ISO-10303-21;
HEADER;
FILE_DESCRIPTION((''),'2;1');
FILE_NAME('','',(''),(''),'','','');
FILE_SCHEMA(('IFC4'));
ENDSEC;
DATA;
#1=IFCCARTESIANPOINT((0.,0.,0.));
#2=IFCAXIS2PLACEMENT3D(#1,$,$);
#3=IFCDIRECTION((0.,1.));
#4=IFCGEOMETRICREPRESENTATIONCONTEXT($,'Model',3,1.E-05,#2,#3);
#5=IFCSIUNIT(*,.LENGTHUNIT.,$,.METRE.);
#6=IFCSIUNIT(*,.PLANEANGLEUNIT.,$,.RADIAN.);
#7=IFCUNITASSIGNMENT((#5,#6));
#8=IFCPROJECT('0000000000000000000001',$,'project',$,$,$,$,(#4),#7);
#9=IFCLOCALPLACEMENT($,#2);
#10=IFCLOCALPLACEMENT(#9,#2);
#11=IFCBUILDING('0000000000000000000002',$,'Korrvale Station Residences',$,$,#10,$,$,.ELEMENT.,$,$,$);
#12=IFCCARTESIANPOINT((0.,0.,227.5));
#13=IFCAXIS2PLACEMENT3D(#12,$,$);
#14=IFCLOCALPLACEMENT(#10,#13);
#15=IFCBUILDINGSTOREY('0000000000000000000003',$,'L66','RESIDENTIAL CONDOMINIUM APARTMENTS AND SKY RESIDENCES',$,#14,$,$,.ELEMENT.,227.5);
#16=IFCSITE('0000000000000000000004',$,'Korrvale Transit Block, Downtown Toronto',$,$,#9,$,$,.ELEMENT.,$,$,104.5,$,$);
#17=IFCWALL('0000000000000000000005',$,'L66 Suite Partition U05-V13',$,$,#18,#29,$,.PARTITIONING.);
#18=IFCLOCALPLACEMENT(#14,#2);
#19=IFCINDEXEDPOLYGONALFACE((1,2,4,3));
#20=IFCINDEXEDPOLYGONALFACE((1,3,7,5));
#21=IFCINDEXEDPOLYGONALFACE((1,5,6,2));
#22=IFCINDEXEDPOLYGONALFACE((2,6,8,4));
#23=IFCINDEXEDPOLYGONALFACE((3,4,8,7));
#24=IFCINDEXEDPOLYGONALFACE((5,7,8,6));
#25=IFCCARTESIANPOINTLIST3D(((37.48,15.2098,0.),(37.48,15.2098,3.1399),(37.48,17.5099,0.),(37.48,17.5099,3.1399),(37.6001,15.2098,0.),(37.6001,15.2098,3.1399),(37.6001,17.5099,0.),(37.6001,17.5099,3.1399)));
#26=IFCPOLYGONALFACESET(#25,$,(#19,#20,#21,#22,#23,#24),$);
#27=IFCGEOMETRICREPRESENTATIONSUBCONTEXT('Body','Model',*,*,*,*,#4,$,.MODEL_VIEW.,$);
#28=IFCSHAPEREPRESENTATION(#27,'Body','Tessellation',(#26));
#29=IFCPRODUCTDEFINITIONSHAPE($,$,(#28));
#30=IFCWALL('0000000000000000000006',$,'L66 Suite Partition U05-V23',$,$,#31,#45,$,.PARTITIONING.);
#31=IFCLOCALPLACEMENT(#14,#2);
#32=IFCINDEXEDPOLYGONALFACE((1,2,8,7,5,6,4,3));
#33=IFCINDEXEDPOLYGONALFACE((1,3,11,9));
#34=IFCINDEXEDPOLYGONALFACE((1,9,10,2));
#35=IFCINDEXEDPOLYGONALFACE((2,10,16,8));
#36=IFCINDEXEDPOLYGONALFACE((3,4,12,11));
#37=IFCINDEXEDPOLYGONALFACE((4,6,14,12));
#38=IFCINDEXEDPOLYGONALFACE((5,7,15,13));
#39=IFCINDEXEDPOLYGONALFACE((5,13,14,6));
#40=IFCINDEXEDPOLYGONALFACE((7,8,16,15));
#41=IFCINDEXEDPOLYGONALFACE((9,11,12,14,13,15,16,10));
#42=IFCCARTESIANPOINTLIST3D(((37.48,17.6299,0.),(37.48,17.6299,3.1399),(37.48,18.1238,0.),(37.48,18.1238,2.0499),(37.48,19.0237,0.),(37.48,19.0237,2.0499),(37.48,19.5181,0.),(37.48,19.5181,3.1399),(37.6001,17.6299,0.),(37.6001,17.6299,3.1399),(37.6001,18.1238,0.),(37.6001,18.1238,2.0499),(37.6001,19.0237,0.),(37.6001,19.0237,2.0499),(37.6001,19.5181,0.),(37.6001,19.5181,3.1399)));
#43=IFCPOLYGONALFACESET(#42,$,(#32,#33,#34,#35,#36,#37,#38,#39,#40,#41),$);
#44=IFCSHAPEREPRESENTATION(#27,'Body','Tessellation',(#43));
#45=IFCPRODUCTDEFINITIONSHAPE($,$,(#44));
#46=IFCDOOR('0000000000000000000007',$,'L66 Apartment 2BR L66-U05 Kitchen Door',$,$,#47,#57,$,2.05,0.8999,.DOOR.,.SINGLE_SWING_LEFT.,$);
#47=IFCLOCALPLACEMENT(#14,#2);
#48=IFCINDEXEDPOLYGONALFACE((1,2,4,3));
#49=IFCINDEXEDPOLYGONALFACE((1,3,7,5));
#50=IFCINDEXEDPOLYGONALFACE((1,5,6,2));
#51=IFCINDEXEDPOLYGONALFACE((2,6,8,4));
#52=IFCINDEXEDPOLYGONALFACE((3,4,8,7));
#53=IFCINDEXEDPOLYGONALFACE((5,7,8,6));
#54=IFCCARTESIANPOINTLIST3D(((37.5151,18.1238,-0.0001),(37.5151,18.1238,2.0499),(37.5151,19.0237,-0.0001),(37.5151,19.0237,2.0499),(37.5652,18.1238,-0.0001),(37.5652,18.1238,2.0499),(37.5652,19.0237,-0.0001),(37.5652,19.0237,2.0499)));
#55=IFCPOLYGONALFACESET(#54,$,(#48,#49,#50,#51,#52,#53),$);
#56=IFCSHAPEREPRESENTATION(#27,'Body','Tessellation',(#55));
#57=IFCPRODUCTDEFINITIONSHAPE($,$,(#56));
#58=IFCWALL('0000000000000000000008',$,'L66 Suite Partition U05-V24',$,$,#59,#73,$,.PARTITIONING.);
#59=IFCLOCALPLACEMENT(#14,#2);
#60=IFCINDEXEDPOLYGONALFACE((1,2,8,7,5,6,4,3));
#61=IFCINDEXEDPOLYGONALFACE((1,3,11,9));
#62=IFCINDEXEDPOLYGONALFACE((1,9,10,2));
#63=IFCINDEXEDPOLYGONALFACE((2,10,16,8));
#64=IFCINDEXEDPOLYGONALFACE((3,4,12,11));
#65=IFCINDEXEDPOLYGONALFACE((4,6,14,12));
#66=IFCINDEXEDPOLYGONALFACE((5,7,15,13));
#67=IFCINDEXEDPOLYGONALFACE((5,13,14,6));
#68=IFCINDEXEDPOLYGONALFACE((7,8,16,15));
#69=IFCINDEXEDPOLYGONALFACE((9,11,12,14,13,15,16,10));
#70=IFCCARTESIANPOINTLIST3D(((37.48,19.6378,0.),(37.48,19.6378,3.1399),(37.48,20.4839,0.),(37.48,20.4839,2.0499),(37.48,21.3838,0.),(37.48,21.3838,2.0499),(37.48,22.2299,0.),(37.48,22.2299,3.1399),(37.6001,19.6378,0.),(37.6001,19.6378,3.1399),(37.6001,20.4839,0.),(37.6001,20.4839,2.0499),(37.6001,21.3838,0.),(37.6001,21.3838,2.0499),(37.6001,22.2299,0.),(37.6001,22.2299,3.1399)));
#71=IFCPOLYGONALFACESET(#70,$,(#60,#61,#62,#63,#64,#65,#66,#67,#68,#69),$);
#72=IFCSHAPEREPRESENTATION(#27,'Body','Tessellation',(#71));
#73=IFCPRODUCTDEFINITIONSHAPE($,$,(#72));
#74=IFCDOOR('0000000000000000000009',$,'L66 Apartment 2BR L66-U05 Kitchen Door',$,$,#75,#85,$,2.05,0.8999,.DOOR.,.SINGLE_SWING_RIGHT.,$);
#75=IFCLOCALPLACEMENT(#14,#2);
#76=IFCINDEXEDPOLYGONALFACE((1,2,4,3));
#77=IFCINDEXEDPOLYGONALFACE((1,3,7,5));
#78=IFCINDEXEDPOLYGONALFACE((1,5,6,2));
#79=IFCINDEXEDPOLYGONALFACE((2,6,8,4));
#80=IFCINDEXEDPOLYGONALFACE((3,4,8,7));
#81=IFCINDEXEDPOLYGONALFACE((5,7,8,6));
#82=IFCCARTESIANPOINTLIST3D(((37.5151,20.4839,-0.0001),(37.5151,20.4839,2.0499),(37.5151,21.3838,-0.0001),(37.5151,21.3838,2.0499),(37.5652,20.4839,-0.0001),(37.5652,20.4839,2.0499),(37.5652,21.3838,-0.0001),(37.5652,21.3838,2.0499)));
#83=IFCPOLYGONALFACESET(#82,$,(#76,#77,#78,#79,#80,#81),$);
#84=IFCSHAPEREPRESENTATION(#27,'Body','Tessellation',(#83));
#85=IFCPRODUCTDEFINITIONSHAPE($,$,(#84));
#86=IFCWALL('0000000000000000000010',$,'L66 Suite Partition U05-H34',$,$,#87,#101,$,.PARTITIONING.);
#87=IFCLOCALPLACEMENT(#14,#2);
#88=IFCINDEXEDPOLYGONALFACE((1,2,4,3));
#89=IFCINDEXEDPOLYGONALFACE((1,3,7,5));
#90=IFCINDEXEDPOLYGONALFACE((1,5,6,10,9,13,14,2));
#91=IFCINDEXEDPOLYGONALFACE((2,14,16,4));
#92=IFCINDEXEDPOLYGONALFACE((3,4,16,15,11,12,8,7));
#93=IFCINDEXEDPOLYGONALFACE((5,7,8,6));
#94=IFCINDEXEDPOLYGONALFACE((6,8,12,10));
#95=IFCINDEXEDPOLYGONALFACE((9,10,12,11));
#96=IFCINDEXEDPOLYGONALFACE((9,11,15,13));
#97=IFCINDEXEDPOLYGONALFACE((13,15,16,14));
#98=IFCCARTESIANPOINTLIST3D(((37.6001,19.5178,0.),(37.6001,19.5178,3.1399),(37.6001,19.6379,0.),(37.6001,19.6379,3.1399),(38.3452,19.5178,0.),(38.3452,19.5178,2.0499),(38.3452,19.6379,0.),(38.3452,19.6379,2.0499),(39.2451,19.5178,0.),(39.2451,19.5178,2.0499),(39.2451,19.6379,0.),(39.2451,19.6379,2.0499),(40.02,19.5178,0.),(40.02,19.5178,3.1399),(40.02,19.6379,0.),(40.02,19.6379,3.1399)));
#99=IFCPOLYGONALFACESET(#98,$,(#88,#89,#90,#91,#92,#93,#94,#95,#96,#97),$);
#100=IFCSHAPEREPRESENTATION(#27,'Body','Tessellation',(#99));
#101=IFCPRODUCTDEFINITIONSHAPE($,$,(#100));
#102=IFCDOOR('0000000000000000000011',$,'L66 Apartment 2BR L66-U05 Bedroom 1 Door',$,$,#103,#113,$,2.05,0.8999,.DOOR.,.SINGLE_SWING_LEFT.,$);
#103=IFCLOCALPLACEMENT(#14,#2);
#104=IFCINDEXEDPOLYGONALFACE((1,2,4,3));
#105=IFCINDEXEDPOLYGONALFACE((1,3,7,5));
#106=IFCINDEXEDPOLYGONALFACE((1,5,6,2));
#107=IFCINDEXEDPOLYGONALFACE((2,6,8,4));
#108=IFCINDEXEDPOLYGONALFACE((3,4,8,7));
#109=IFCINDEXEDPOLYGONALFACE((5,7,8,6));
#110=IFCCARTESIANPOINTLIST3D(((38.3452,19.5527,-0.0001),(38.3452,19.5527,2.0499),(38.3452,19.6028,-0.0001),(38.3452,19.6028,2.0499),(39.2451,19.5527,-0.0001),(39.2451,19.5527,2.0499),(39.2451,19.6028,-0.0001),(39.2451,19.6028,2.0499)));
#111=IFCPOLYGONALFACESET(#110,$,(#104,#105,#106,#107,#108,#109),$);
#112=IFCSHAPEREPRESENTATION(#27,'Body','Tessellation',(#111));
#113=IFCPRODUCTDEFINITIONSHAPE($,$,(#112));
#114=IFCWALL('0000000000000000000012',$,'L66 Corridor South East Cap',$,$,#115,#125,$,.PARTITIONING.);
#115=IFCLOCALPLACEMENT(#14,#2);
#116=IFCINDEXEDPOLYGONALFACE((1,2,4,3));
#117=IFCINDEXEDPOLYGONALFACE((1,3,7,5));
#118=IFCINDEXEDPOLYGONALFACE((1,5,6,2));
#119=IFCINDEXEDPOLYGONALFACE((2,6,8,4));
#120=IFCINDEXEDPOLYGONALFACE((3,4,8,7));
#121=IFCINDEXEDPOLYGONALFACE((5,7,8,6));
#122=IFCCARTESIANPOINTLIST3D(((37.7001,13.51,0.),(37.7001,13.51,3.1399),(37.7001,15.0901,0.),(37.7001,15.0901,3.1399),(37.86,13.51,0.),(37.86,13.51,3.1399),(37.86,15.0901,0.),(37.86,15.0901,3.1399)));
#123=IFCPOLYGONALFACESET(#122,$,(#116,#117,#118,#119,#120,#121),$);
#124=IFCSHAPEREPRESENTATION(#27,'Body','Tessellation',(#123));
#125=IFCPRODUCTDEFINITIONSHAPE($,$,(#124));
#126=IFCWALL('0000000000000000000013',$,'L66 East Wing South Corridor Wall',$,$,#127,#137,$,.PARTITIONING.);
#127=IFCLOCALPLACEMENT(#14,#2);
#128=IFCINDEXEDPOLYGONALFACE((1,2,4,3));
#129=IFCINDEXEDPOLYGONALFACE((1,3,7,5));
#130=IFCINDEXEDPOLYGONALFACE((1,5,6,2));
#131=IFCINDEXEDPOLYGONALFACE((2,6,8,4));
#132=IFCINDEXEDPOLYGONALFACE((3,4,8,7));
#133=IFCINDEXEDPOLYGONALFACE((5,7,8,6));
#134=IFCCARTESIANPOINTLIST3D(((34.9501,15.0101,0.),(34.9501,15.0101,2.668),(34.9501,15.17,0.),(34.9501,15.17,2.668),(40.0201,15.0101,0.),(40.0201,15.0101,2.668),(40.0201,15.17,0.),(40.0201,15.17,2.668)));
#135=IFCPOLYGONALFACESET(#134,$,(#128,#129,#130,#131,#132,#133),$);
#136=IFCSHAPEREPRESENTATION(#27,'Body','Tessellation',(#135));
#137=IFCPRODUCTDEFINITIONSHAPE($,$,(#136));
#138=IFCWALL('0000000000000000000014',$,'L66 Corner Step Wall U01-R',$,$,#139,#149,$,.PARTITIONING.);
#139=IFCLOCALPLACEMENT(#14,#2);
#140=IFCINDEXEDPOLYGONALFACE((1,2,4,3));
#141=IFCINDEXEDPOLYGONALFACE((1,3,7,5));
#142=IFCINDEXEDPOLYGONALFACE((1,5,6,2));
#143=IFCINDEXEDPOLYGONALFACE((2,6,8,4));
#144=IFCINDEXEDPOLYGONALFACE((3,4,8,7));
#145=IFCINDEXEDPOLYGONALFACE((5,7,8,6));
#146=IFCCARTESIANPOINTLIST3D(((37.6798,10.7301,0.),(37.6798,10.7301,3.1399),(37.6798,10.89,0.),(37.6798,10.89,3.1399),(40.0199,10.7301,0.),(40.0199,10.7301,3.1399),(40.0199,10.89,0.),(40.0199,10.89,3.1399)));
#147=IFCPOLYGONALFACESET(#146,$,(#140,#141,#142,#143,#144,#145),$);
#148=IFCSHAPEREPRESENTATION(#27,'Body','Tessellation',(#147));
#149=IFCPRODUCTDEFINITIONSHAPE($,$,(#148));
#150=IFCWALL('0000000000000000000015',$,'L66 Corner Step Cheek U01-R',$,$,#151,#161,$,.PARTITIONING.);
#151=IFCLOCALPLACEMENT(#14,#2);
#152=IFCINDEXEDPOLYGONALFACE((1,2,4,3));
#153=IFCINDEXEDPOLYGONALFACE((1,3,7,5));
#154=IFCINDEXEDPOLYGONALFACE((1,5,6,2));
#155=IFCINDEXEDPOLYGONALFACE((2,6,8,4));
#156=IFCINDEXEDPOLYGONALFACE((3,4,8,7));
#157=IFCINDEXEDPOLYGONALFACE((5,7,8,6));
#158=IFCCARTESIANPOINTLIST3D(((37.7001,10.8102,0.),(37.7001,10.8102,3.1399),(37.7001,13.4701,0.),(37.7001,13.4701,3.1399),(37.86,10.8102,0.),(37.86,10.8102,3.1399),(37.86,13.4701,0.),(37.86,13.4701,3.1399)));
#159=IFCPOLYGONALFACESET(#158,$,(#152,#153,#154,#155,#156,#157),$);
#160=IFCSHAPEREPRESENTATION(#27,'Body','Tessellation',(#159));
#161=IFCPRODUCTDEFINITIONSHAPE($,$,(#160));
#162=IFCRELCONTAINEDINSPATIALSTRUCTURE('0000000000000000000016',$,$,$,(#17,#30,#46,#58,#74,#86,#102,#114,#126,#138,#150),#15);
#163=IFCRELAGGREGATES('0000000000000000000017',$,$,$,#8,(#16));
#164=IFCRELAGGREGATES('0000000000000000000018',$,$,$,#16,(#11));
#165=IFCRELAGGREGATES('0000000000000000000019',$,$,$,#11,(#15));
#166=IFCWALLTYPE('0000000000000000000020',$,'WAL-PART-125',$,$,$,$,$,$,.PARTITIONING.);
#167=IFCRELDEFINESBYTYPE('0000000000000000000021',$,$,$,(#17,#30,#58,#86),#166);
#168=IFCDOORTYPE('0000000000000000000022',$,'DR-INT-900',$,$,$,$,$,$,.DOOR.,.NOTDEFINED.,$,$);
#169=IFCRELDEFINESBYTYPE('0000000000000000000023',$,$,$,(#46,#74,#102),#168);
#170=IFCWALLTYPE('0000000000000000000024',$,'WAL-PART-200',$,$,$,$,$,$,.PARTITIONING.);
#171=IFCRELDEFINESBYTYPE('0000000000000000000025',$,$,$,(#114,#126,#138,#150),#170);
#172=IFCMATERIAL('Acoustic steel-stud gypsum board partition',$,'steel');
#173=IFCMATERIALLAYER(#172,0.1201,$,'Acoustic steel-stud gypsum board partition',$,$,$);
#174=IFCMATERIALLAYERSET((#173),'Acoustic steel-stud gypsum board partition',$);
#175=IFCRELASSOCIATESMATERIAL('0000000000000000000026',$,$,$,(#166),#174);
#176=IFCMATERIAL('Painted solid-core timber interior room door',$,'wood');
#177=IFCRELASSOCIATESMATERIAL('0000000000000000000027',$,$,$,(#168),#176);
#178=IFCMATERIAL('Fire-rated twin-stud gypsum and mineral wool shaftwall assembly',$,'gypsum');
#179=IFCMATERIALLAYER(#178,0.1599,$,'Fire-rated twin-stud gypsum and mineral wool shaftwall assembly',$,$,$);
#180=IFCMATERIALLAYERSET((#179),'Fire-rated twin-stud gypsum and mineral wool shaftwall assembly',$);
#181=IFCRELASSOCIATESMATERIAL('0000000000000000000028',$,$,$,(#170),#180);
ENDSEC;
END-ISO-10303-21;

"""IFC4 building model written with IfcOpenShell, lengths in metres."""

from ifc_helpers import new_model, si_unit, direction, frame, frame_2d, origin, place, context, subcontext, project, spatial, rectangle, extrude, material, layer, layer_set, type_object, element, fill, save


model = new_model("IFC4")

# Units and contexts
model_context = context("Model", 3, precision=1e-05, world=origin(), true_north=direction((0.0, 1.0)))
body_context = subcontext(model_context, "Body", "Model", "MODEL_VIEW")
ifc_project = project(units=[si_unit("LENGTHUNIT", "METRE"), si_unit("PLANEANGLEUNIT", "RADIAN")], contexts=[model_context])

# Site, building, storey
site_placement = place(None, origin())
site = spatial("IfcSite", under=ifc_project, at=site_placement, Name="Korrvale Transit Block, Downtown Toronto", CompositionType="ELEMENT", RefElevation=104.5)
building_placement = place(site_placement, origin())
building = spatial("IfcBuilding", under=site, at=building_placement, Name="Korrvale Station Residences", CompositionType="ELEMENT")
storey_placement = place(building_placement, frame((0.0, 0.0, 227.5)))
storey = spatial("IfcBuildingStorey", under=building, at=storey_placement, Name="L66", Description="RESIDENTIAL CONDOMINIUM APARTMENTS AND SKY RESIDENCES", CompositionType="ELEMENT", Elevation=227.5)

# Shared definitions
ifc_material_1 = material(Name="Acoustic steel-stud gypsum board partition", Category="steel")
ifc_layer_1 = layer(ifc_material_1, 0.1201, Name="Acoustic steel-stud gypsum board partition")
ifc_layer_set_1 = layer_set([ifc_layer_1], Name="Acoustic steel-stud gypsum board partition")
wall_type_1 = type_object("IfcWallType", Name="WAL-PART-125", PredefinedType="PARTITIONING", material=ifc_layer_set_1)
ifc_material_2 = material(Name="Painted solid-core timber interior room door", Category="wood")
door_type_1 = type_object("IfcDoorType", Name="DR-INT-900", OperationType="NOTDEFINED", PredefinedType="DOOR", material=ifc_material_2)

# Wall
wall_1_placement = place(storey_placement, frame((37.54, 15.21, 0.0), z_axis=(0.0, 0.0, 1.0), x_axis=(0.0, 1.0, 0.0)))
element("IfcWall", 1, at=wall_1_placement, inside=storey, type_object=wall_type_1, Name="L66 Suite Partition U05-V13", PredefinedType="PARTITIONING", context=body_context, shape_type="SweptSolid", body=[
    extrude(rectangle(XDim=2.3, YDim=0.1201, at=frame_2d((1.1499, 0.0))), origin(), (0.0, 0.0, 1.0), 3.1399),
])

# Walls, openings, doors
wall_2_placement = place(storey_placement, frame((37.54, 17.6299, 0.0), z_axis=(0.0, 0.0, 1.0), x_axis=(0.0, 1.0, 0.0)))
wall_2 = element("IfcWall", 2, at=wall_2_placement, inside=storey, type_object=wall_type_1, Name="L66 Suite Partition U05-V23", PredefinedType="PARTITIONING", context=body_context, shape_type="SweptSolid", body=[
    extrude(rectangle(XDim=1.8882, YDim=0.1201, at=frame_2d((0.9441, 0.0))), origin(), (0.0, 0.0, 1.0), 3.1399),
])
opening_1_placement = place(wall_2_placement, frame((0.4939, 0.0, 0.0)))
opening_1 = element("IfcOpeningElement", 3, at=opening_1_placement, cuts=wall_2, PredefinedType="OPENING", context=body_context, shape_type="SweptSolid", body=[
    extrude(rectangle(XDim=0.8999, YDim=2.05, at=frame_2d((0.45, 1.0249))), frame((0.0, 0.0701, 0.0), z_axis=(0.0, -1.0, 0.0), x_axis=(1.0, 0.0, 0.0)), (0.0, 0.0, 1.0), 0.1401),
])
door_1_placement = place(opening_1_placement, origin())
door_1 = element("IfcDoor", 4, at=door_1_placement, inside=storey, type_object=door_type_1, Name="L66 Apartment 2BR L66-U05 Kitchen Door", OperationType="SINGLE_SWING_LEFT", OverallHeight=2.05, OverallWidth=0.8999, PredefinedType="DOOR", context=body_context, shape_type="SweptSolid", body=[
    extrude(rectangle(XDim=0.8999, YDim=2.05, at=frame_2d((0.45, 1.0249))), frame((0.0, 0.0249, 0.0), z_axis=(0.0, -1.0, 0.0), x_axis=(1.0, 0.0, 0.0)), (0.0, 0.0, 1.0), 0.05),
])
fill(opening_1, door_1)
wall_3_placement = place(storey_placement, frame((37.54, 19.6379, 0.0), z_axis=(0.0, 0.0, 1.0), x_axis=(0.0, 1.0, 0.0)))
wall_3 = element("IfcWall", 5, at=wall_3_placement, inside=storey, type_object=wall_type_1, Name="L66 Suite Partition U05-V24", PredefinedType="PARTITIONING", context=body_context, shape_type="SweptSolid", body=[
    extrude(rectangle(XDim=2.592, YDim=0.1201, at=frame_2d((1.2959, 0.0))), origin(), (0.0, 0.0, 1.0), 3.1399),
])
opening_2_placement = place(wall_3_placement, frame((0.8459, 0.0, 0.0)))
opening_2 = element("IfcOpeningElement", 6, at=opening_2_placement, cuts=wall_3, PredefinedType="OPENING", context=body_context, shape_type="SweptSolid", body=[
    extrude(rectangle(XDim=0.8999, YDim=2.05, at=frame_2d((0.45, 1.0249))), frame((0.0, 0.0701, 0.0), z_axis=(0.0, -1.0, 0.0), x_axis=(1.0, 0.0, 0.0)), (0.0, 0.0, 1.0), 0.1401),
])
door_2_placement = place(opening_2_placement, origin())
door_2 = element("IfcDoor", 7, at=door_2_placement, inside=storey, type_object=door_type_1, Name="L66 Apartment 2BR L66-U05 Kitchen Door", OperationType="SINGLE_SWING_RIGHT", OverallHeight=2.05, OverallWidth=0.8999, PredefinedType="DOOR", context=body_context, shape_type="SweptSolid", body=[
    extrude(rectangle(XDim=0.8999, YDim=2.05, at=frame_2d((0.45, 1.0249))), frame((0.0, 0.0249, 0.0), z_axis=(0.0, -1.0, 0.0), x_axis=(1.0, 0.0, 0.0)), (0.0, 0.0, 1.0), 0.05),
])
fill(opening_2, door_2)
wall_4_placement = place(storey_placement, frame((37.6001, 19.5779, 0.0), z_axis=(0.0, 0.0, 1.0), x_axis=(1.0, 0.0, 0.0)))
wall_4 = element("IfcWall", 8, at=wall_4_placement, inside=storey, type_object=wall_type_1, Name="L66 Suite Partition U05-H34", PredefinedType="PARTITIONING", context=body_context, shape_type="SweptSolid", body=[
    extrude(rectangle(XDim=2.4199, YDim=0.1201, at=frame_2d((1.21, 0.0))), origin(), (0.0, 0.0, 1.0), 3.1399),
])
opening_3_placement = place(wall_4_placement, frame((0.7451, 0.0, 0.0)))
opening_3 = element("IfcOpeningElement", 9, at=opening_3_placement, cuts=wall_4, PredefinedType="OPENING", context=body_context, shape_type="SweptSolid", body=[
    extrude(rectangle(XDim=0.8999, YDim=2.05, at=frame_2d((0.45, 1.0249))), frame((0.0, 0.0701, 0.0), z_axis=(0.0, -1.0, 0.0), x_axis=(1.0, 0.0, 0.0)), (0.0, 0.0, 1.0), 0.1401),
])
door_3_placement = place(opening_3_placement, origin())
door_3 = element("IfcDoor", 10, at=door_3_placement, inside=storey, type_object=door_type_1, Name="L66 Apartment 2BR L66-U05 Bedroom 1 Door", OperationType="SINGLE_SWING_LEFT", OverallHeight=2.05, OverallWidth=0.8999, PredefinedType="DOOR", context=body_context, shape_type="SweptSolid", body=[
    extrude(rectangle(XDim=0.8999, YDim=2.05, at=frame_2d((0.45, 1.0249))), frame((0.0, 0.0249, 0.0), z_axis=(0.0, -1.0, 0.0), x_axis=(1.0, 0.0, 0.0)), (0.0, 0.0, 1.0), 0.05),
])
fill(opening_3, door_3)

# Walls
ifc_material_3 = material(Name="Fire-rated twin-stud gypsum and mineral wool shaftwall assembly", Category="gypsum")
ifc_layer_2 = layer(ifc_material_3, 0.1599, Name="Fire-rated twin-stud gypsum and mineral wool shaftwall assembly")
ifc_layer_set_2 = layer_set([ifc_layer_2], Name="Fire-rated twin-stud gypsum and mineral wool shaftwall assembly")
wall_type_2 = type_object("IfcWallType", Name="WAL-PART-200", PredefinedType="PARTITIONING", material=ifc_layer_set_2)
wall_5_placement = place(storey_placement, frame((37.78, 13.51, 0.0), z_axis=(0.0, 0.0, 1.0), x_axis=(0.0, 1.0, 0.0)))
element("IfcWall", 11, at=wall_5_placement, inside=storey, type_object=wall_type_2, Name="L66 Corridor South East Cap", PredefinedType="PARTITIONING", context=body_context, shape_type="SweptSolid", body=[
    extrude(rectangle(XDim=1.5801, YDim=0.1599, at=frame_2d((0.79, 0.0))), origin(), (0.0, 0.0, 1.0), 3.1399),
])
wall_6_placement = place(storey_placement, frame((34.95, 15.0901, 0.0), z_axis=(0.0, 0.0, 1.0), x_axis=(1.0, 0.0, 0.0)))
element("IfcWall", 12, at=wall_6_placement, inside=storey, type_object=wall_type_2, Name="L66 East Wing South Corridor Wall", PredefinedType="PARTITIONING", context=body_context, shape_type="SweptSolid", body=[
    extrude(rectangle(XDim=5.0701, YDim=0.1599, at=frame_2d((2.5352, 0.0))), origin(), (0.0, 0.0, 1.0), 2.668),
])
wall_7_placement = place(storey_placement, frame((37.6799, 10.8101, 0.0), z_axis=(0.0, 0.0, 1.0), x_axis=(1.0, 0.0, 0.0)))
element("IfcWall", 13, at=wall_7_placement, inside=storey, type_object=wall_type_2, Name="L66 Corner Step Wall U01-R", PredefinedType="PARTITIONING", context=body_context, shape_type="SweptSolid", body=[
    extrude(rectangle(XDim=2.3401, YDim=0.1599, at=frame_2d((1.1699, 0.0))), origin(), (0.0, 0.0, 1.0), 3.1399),
])
wall_8_placement = place(storey_placement, frame((37.78, 10.8101, 0.0), z_axis=(0.0, 0.0, 1.0), x_axis=(0.0, 1.0, 0.0)))
element("IfcWall", 14, at=wall_8_placement, inside=storey, type_object=wall_type_2, Name="L66 Corner Step Cheek U01-R", PredefinedType="PARTITIONING", context=body_context, shape_type="SweptSolid", body=[
    extrude(rectangle(XDim=2.6599, YDim=0.1599, at=frame_2d((1.3301, 0.0))), origin(), (0.0, 0.0, 1.0), 3.1399),
])

save(model, "model.ifc")
